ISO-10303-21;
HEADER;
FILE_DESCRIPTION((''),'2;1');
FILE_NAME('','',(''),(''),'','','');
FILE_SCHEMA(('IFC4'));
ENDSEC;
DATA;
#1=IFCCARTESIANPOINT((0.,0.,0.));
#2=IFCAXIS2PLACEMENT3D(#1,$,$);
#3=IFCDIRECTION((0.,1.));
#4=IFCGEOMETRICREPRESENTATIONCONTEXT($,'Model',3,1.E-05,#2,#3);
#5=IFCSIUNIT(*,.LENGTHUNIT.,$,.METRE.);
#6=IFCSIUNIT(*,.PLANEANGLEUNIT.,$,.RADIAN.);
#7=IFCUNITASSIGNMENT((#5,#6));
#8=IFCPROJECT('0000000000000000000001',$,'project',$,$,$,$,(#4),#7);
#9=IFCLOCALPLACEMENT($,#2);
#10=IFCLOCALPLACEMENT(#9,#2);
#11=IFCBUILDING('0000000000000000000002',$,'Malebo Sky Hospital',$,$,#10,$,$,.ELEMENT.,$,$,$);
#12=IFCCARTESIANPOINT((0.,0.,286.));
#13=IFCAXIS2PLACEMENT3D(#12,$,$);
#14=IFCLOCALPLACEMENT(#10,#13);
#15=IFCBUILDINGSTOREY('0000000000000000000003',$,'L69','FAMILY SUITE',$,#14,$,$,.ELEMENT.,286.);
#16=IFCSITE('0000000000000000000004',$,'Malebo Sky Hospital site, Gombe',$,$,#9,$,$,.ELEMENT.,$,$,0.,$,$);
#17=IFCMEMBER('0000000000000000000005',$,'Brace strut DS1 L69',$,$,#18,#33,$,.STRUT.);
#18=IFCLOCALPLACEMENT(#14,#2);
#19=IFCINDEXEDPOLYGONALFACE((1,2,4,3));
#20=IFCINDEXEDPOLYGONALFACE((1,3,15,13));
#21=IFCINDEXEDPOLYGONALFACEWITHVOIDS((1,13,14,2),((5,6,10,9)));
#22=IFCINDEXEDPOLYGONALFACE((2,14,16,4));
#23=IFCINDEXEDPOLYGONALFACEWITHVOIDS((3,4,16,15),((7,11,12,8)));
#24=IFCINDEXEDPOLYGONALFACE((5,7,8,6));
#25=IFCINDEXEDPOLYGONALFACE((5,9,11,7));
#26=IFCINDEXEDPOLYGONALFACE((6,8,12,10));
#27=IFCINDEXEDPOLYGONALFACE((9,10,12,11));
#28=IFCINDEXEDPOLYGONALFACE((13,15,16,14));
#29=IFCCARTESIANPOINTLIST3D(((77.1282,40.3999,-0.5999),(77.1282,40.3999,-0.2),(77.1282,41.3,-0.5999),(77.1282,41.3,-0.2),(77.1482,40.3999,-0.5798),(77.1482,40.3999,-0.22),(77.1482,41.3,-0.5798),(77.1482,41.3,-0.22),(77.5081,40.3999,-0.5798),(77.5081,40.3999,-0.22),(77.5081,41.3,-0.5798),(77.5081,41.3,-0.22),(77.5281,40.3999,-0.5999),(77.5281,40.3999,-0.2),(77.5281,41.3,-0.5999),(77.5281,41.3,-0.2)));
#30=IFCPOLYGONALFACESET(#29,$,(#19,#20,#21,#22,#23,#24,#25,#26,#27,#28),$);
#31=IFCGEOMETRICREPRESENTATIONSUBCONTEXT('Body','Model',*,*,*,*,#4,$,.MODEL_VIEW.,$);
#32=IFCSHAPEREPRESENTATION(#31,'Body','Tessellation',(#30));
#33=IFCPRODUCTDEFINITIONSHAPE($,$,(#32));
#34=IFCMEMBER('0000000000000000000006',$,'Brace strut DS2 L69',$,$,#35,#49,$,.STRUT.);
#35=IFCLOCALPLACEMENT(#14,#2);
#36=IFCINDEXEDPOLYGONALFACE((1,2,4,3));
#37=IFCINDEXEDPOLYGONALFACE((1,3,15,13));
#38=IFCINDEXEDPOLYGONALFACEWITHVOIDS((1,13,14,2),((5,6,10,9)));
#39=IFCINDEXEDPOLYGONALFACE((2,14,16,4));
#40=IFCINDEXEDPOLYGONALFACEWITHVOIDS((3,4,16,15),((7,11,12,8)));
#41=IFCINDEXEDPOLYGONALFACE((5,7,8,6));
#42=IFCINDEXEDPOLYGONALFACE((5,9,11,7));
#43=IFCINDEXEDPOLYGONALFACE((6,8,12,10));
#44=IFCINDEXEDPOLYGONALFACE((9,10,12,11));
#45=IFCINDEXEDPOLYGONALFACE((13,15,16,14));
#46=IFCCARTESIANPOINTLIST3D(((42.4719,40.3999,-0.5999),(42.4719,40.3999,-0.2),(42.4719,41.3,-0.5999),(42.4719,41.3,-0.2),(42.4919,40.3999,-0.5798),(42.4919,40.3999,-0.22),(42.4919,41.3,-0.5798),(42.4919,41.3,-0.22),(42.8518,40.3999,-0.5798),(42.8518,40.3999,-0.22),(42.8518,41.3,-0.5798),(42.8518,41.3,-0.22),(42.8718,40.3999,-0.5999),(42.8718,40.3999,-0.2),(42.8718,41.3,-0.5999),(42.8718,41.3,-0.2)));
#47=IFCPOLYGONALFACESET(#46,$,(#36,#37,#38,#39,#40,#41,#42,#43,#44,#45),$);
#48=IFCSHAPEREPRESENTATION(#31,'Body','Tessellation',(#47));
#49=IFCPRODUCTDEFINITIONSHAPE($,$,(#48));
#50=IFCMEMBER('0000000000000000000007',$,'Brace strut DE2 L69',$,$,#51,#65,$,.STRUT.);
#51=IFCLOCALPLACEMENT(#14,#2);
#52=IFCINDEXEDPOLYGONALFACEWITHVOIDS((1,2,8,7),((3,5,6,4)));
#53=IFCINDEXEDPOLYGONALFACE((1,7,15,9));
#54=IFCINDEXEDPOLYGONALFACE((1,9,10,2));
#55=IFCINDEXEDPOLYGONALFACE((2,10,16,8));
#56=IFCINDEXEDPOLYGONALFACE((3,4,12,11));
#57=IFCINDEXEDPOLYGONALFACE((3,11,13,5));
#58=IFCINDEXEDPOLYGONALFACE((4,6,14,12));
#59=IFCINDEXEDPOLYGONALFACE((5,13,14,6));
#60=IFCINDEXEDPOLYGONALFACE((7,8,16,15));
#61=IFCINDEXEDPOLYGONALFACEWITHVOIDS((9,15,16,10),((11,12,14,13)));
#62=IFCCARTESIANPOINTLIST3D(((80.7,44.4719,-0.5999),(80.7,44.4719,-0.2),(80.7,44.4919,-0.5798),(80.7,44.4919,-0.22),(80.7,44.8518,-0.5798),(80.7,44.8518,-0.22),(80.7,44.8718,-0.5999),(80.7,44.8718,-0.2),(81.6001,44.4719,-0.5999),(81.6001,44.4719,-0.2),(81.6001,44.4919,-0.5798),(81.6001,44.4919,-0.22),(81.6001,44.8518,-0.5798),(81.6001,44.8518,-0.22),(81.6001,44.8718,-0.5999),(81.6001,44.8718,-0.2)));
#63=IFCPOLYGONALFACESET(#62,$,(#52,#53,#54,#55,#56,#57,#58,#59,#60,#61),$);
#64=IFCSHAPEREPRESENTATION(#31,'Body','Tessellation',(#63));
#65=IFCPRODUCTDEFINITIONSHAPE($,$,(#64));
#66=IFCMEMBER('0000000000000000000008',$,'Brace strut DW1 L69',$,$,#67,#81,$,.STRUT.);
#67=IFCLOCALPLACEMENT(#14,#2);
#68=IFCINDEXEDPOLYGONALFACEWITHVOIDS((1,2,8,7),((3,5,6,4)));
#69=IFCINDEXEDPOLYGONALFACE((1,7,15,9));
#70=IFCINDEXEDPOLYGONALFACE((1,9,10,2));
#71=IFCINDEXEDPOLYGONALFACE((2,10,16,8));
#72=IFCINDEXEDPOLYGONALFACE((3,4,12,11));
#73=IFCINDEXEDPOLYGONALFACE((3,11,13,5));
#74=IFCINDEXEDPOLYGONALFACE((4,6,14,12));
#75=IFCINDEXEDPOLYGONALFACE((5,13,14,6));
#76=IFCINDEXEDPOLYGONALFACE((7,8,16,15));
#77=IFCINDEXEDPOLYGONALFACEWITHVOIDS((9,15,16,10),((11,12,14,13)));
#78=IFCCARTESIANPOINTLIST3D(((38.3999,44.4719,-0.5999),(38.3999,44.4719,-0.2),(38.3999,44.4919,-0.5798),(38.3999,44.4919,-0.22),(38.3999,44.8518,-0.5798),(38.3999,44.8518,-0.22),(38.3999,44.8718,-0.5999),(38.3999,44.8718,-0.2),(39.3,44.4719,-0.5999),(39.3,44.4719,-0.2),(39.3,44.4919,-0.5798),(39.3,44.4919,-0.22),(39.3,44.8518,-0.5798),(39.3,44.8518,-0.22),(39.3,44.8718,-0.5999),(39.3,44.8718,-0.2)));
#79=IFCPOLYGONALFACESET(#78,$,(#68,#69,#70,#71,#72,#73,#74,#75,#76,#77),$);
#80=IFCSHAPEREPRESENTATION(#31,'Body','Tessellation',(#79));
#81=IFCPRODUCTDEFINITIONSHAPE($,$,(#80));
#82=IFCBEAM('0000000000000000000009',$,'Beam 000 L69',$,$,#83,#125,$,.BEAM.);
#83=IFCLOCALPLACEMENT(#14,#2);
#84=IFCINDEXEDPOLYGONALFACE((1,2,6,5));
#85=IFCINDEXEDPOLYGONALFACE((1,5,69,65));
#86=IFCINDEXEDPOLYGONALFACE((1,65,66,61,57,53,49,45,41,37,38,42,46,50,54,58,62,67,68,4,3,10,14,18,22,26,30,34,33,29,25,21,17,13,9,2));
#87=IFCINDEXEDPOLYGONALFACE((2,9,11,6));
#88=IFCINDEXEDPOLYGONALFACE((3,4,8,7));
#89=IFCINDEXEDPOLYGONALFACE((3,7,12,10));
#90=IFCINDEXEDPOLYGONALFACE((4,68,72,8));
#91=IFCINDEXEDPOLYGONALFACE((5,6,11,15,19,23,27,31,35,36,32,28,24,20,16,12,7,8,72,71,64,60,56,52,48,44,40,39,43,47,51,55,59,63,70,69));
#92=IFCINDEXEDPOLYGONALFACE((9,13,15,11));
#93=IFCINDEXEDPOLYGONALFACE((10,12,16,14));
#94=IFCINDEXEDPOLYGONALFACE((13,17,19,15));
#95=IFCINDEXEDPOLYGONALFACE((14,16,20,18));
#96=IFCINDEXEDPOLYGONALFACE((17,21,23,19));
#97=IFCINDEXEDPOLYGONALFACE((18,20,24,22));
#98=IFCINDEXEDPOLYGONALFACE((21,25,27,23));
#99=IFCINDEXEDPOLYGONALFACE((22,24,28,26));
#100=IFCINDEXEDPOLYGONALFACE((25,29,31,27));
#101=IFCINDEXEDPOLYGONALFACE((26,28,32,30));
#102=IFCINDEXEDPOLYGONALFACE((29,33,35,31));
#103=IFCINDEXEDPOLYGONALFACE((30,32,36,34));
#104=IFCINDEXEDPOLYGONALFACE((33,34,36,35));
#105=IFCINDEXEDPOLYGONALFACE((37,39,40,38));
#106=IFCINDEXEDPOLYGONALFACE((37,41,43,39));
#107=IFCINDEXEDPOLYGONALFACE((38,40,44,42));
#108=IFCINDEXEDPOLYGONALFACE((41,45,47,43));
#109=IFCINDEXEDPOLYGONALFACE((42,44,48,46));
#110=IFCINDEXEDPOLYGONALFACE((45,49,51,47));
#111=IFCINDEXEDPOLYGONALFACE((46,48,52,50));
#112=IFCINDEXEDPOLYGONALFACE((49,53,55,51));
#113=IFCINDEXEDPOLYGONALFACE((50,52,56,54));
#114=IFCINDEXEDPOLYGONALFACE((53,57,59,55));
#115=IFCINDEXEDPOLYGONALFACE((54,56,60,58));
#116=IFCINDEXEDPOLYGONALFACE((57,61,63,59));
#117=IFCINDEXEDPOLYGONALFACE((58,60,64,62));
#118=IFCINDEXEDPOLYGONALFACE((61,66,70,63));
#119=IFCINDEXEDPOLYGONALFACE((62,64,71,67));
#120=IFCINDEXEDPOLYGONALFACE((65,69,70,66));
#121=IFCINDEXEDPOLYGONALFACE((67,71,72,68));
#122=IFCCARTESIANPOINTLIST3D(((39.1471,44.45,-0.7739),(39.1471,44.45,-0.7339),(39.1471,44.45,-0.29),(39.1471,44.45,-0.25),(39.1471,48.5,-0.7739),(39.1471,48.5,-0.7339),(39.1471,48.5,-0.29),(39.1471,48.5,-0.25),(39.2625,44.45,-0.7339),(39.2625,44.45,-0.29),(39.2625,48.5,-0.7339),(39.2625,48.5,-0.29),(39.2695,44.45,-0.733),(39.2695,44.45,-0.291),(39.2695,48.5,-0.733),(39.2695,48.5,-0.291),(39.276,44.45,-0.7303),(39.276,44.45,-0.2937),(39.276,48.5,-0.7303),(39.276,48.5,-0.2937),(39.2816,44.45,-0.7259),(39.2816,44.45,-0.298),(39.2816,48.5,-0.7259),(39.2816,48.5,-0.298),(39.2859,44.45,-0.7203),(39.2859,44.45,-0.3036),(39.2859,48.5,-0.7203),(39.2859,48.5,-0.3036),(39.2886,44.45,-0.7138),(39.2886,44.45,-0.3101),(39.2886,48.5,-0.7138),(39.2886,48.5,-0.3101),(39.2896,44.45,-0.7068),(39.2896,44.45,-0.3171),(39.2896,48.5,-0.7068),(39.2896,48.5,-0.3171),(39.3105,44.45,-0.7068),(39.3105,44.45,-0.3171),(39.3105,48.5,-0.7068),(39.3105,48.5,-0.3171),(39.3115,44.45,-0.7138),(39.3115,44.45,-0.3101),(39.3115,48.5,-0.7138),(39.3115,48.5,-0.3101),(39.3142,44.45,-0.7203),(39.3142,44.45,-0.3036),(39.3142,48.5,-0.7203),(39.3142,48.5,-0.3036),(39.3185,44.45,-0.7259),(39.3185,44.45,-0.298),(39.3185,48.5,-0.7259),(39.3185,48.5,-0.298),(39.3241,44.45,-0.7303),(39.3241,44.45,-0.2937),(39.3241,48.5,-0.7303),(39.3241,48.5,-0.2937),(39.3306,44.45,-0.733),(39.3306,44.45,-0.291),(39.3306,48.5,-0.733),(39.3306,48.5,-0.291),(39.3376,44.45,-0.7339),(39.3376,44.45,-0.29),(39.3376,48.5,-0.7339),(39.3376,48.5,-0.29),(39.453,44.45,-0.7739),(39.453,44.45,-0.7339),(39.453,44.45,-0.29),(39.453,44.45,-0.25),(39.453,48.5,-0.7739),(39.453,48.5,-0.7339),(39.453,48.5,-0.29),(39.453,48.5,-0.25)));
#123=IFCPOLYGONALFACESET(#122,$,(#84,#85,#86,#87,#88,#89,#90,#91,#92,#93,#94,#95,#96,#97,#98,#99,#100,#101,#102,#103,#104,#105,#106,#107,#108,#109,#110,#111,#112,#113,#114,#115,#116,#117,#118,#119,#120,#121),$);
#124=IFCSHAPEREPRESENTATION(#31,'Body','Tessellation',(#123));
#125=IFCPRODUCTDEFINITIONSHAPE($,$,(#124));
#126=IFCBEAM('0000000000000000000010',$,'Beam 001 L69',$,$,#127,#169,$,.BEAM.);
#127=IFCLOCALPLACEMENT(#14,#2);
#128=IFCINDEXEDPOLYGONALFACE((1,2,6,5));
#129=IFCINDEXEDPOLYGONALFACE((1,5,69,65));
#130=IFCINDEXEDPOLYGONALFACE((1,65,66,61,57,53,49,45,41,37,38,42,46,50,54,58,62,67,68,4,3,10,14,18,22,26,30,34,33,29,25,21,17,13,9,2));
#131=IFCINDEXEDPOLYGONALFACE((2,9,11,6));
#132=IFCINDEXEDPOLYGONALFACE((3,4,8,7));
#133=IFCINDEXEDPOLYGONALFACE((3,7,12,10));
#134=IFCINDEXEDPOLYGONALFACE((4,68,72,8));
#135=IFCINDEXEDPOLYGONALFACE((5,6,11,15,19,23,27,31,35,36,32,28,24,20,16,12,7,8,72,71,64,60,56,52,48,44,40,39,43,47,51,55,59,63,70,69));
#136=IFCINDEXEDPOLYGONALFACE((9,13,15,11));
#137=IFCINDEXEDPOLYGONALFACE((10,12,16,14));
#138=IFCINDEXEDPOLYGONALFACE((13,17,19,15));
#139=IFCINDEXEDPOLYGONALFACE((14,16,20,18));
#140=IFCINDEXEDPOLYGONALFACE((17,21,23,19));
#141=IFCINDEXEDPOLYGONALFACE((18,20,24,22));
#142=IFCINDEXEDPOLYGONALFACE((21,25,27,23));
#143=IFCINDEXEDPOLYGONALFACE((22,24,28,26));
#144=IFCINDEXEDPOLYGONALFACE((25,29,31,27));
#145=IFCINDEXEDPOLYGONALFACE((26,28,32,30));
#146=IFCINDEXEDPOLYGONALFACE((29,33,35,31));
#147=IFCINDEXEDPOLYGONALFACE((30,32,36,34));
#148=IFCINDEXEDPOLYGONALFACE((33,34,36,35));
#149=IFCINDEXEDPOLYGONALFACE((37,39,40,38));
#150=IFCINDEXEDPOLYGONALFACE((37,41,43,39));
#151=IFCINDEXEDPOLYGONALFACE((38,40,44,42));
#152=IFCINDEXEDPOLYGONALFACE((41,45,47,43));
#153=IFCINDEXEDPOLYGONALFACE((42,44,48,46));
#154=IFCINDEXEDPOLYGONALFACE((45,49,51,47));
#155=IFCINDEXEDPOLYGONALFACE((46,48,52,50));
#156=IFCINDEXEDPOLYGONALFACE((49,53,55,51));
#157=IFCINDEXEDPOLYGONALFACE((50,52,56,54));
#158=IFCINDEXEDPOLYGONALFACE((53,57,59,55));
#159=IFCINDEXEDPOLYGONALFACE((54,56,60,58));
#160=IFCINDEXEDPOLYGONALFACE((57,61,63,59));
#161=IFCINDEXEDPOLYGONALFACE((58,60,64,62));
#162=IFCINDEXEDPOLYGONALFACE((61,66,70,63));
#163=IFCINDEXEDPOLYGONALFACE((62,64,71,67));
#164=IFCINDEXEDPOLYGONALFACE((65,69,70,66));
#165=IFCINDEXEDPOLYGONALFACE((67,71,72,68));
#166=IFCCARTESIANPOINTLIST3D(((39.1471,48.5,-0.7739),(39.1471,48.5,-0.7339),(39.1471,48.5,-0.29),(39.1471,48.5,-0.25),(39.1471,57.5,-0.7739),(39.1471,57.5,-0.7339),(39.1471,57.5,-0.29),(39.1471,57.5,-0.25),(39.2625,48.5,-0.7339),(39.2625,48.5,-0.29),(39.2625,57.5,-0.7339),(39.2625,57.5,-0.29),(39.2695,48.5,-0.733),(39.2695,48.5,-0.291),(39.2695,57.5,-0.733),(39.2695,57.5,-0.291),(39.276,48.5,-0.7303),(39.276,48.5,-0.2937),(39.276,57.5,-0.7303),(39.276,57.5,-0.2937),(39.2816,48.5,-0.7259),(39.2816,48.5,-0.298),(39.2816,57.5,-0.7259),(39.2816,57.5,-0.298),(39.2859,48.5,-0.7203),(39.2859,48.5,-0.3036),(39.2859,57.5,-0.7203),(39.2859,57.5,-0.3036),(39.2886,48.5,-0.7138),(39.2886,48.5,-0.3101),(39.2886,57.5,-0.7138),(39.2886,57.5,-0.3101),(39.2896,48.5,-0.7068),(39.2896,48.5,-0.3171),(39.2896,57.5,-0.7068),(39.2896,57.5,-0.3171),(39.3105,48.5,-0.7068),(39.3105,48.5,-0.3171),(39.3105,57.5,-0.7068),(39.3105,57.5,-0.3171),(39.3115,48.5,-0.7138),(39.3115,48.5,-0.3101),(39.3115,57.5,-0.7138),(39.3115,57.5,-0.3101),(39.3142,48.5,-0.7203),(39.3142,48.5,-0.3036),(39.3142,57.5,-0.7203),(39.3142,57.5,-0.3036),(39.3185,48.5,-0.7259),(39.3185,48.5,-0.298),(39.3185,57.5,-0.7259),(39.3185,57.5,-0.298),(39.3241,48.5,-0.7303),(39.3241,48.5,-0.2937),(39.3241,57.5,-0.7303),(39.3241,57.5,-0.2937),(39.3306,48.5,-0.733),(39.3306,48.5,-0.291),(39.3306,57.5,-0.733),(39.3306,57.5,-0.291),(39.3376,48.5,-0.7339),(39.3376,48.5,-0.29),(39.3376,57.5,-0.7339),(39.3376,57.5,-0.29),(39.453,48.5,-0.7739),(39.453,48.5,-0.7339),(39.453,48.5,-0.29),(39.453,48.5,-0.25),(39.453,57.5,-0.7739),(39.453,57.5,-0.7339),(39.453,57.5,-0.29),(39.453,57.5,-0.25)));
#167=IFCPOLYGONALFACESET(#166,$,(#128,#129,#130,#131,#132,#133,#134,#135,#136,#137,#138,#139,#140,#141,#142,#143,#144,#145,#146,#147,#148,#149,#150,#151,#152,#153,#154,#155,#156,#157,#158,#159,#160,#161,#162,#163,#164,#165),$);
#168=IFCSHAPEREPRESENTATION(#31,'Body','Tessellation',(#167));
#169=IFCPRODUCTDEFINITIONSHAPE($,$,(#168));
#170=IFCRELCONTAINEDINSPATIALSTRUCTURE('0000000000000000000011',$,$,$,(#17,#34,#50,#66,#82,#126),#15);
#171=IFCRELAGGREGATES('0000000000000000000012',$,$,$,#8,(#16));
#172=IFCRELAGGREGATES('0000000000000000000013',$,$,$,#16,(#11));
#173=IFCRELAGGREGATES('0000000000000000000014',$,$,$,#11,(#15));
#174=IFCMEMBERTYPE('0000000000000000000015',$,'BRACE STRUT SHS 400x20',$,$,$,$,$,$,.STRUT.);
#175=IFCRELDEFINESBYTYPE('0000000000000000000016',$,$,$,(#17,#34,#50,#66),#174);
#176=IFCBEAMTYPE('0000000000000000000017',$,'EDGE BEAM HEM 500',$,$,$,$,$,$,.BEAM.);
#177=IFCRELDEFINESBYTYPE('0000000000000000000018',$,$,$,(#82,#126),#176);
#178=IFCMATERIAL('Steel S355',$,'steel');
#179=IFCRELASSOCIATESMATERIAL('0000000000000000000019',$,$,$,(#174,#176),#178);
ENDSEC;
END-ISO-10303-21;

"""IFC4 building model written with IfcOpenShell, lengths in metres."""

from ifc_helpers import new_model, si_unit, direction, frame, origin, origin_2d, place, context, subcontext, project, spatial, hollow_rectangle, i_section, extrude, material, material_profile, profile_set, type_object, element, save


model = new_model("IFC4")

# Units and contexts
model_context = context("Model", 3, precision=1e-05, world=origin(), true_north=direction((0.0, 1.0)))
body_context = subcontext(model_context, "Body", "Model", "MODEL_VIEW")
ifc_project = project(units=[si_unit("LENGTHUNIT", "METRE"), si_unit("PLANEANGLEUNIT", "RADIAN")], contexts=[model_context])

# Site, building, storey
site_placement = place(None, origin())
site = spatial("IfcSite", under=ifc_project, at=site_placement, Name="Malebo Sky Hospital site, Gombe", CompositionType="ELEMENT", RefElevation=0.0)
building_placement = place(site_placement, origin())
building = spatial("IfcBuilding", under=site, at=building_placement, Name="Malebo Sky Hospital", CompositionType="ELEMENT")
storey_placement = place(building_placement, frame((0.0, 0.0, 286.0)))
storey = spatial("IfcBuildingStorey", under=building, at=storey_placement, Name="L69", Description="FAMILY SUITE", CompositionType="ELEMENT", Elevation=286.0)

# Members
ifc_material_1 = material(Name="Steel S355", Category="steel")
ifc_material_profile_1 = material_profile(ifc_material_1, hollow_rectangle(XDim=0.3999, YDim=0.3999, WallThickness=0.02, at=origin_2d()), Name="SHS 400x20")
ifc_profile_set_1 = profile_set([ifc_material_profile_1], Name="Steel S355")
member_type = type_object("IfcMemberType", Name="BRACE STRUT SHS 400x20", PredefinedType="STRUT", material=ifc_profile_set_1)
for number, where, z_axis, x_axis, name in (
    (1, (77.3281, 40.3999, -0.3999), (0.0, 1.0, 0.0), (-1.0, 0.0, 0.0), "Brace strut DS1 L69"),
    (2, (42.6719, 40.3999, -0.3999), (0.0, 1.0, 0.0), (-1.0, 0.0, 0.0), "Brace strut DS2 L69"),
    (3, (81.6001, 44.6719, -0.3999), (-1.0, 0.0, 0.0), (0.0, -1.0, 0.0), "Brace strut DE2 L69"),
    (4, (38.3999, 44.6719, -0.3999), (1.0, 0.0, 0.0), (0.0, 1.0, 0.0), "Brace strut DW1 L69"),
):
    element("IfcMember", number, at=place(storey_placement, frame(where, z_axis=z_axis, x_axis=x_axis)), inside=storey, type_object=member_type, Name=name, PredefinedType="STRUT", context=body_context, shape_type="SweptSolid", body=[
        extrude(hollow_rectangle(XDim=0.3999, YDim=0.3999, WallThickness=0.02, at=origin_2d()), origin(), (0.0, 0.0, 1.0), 0.9001),
    ])

# Beams
ifc_material_profile_2 = material_profile(ifc_material_1, i_section(OverallWidth=0.3059, OverallDepth=0.5239, WebThickness=0.021, FlangeThickness=0.04, FilletRadius=0.0271, at=origin_2d()), Name="HEM 500")
ifc_profile_set_2 = profile_set([ifc_material_profile_2], Name="Steel S355")
beam_type_1 = type_object("IfcBeamType", Name="EDGE BEAM HEM 500", PredefinedType="BEAM", material=ifc_profile_set_2)
beam_1_placement = place(storey_placement, frame((39.3, 44.45, -0.512), z_axis=(0.0, 1.0, 0.0), x_axis=(-1.0, 0.0, 0.0)))
element("IfcBeam", 5, at=beam_1_placement, inside=storey, type_object=beam_type_1, Name="Beam 000 L69", PredefinedType="BEAM", context=body_context, shape_type="SweptSolid", body=[
    extrude(i_section(OverallWidth=0.3059, OverallDepth=0.5239, WebThickness=0.021, FlangeThickness=0.04, FilletRadius=0.0271, at=origin_2d()), origin(), (0.0, 0.0, 1.0), 4.05),
])
beam_2_placement = place(storey_placement, frame((39.3, 48.5, -0.512), z_axis=(0.0, 1.0, 0.0), x_axis=(-1.0, 0.0, 0.0)))
element("IfcBeam", 6, at=beam_2_placement, inside=storey, type_object=beam_type_1, Name="Beam 001 L69", PredefinedType="BEAM", context=body_context, shape_type="SweptSolid", body=[
    extrude(i_section(OverallWidth=0.3059, OverallDepth=0.5239, WebThickness=0.021, FlangeThickness=0.04, FilletRadius=0.0271, at=origin_2d()), origin(), (0.0, 0.0, 1.0), 9.0),
])

save(model, "model.ifc")
